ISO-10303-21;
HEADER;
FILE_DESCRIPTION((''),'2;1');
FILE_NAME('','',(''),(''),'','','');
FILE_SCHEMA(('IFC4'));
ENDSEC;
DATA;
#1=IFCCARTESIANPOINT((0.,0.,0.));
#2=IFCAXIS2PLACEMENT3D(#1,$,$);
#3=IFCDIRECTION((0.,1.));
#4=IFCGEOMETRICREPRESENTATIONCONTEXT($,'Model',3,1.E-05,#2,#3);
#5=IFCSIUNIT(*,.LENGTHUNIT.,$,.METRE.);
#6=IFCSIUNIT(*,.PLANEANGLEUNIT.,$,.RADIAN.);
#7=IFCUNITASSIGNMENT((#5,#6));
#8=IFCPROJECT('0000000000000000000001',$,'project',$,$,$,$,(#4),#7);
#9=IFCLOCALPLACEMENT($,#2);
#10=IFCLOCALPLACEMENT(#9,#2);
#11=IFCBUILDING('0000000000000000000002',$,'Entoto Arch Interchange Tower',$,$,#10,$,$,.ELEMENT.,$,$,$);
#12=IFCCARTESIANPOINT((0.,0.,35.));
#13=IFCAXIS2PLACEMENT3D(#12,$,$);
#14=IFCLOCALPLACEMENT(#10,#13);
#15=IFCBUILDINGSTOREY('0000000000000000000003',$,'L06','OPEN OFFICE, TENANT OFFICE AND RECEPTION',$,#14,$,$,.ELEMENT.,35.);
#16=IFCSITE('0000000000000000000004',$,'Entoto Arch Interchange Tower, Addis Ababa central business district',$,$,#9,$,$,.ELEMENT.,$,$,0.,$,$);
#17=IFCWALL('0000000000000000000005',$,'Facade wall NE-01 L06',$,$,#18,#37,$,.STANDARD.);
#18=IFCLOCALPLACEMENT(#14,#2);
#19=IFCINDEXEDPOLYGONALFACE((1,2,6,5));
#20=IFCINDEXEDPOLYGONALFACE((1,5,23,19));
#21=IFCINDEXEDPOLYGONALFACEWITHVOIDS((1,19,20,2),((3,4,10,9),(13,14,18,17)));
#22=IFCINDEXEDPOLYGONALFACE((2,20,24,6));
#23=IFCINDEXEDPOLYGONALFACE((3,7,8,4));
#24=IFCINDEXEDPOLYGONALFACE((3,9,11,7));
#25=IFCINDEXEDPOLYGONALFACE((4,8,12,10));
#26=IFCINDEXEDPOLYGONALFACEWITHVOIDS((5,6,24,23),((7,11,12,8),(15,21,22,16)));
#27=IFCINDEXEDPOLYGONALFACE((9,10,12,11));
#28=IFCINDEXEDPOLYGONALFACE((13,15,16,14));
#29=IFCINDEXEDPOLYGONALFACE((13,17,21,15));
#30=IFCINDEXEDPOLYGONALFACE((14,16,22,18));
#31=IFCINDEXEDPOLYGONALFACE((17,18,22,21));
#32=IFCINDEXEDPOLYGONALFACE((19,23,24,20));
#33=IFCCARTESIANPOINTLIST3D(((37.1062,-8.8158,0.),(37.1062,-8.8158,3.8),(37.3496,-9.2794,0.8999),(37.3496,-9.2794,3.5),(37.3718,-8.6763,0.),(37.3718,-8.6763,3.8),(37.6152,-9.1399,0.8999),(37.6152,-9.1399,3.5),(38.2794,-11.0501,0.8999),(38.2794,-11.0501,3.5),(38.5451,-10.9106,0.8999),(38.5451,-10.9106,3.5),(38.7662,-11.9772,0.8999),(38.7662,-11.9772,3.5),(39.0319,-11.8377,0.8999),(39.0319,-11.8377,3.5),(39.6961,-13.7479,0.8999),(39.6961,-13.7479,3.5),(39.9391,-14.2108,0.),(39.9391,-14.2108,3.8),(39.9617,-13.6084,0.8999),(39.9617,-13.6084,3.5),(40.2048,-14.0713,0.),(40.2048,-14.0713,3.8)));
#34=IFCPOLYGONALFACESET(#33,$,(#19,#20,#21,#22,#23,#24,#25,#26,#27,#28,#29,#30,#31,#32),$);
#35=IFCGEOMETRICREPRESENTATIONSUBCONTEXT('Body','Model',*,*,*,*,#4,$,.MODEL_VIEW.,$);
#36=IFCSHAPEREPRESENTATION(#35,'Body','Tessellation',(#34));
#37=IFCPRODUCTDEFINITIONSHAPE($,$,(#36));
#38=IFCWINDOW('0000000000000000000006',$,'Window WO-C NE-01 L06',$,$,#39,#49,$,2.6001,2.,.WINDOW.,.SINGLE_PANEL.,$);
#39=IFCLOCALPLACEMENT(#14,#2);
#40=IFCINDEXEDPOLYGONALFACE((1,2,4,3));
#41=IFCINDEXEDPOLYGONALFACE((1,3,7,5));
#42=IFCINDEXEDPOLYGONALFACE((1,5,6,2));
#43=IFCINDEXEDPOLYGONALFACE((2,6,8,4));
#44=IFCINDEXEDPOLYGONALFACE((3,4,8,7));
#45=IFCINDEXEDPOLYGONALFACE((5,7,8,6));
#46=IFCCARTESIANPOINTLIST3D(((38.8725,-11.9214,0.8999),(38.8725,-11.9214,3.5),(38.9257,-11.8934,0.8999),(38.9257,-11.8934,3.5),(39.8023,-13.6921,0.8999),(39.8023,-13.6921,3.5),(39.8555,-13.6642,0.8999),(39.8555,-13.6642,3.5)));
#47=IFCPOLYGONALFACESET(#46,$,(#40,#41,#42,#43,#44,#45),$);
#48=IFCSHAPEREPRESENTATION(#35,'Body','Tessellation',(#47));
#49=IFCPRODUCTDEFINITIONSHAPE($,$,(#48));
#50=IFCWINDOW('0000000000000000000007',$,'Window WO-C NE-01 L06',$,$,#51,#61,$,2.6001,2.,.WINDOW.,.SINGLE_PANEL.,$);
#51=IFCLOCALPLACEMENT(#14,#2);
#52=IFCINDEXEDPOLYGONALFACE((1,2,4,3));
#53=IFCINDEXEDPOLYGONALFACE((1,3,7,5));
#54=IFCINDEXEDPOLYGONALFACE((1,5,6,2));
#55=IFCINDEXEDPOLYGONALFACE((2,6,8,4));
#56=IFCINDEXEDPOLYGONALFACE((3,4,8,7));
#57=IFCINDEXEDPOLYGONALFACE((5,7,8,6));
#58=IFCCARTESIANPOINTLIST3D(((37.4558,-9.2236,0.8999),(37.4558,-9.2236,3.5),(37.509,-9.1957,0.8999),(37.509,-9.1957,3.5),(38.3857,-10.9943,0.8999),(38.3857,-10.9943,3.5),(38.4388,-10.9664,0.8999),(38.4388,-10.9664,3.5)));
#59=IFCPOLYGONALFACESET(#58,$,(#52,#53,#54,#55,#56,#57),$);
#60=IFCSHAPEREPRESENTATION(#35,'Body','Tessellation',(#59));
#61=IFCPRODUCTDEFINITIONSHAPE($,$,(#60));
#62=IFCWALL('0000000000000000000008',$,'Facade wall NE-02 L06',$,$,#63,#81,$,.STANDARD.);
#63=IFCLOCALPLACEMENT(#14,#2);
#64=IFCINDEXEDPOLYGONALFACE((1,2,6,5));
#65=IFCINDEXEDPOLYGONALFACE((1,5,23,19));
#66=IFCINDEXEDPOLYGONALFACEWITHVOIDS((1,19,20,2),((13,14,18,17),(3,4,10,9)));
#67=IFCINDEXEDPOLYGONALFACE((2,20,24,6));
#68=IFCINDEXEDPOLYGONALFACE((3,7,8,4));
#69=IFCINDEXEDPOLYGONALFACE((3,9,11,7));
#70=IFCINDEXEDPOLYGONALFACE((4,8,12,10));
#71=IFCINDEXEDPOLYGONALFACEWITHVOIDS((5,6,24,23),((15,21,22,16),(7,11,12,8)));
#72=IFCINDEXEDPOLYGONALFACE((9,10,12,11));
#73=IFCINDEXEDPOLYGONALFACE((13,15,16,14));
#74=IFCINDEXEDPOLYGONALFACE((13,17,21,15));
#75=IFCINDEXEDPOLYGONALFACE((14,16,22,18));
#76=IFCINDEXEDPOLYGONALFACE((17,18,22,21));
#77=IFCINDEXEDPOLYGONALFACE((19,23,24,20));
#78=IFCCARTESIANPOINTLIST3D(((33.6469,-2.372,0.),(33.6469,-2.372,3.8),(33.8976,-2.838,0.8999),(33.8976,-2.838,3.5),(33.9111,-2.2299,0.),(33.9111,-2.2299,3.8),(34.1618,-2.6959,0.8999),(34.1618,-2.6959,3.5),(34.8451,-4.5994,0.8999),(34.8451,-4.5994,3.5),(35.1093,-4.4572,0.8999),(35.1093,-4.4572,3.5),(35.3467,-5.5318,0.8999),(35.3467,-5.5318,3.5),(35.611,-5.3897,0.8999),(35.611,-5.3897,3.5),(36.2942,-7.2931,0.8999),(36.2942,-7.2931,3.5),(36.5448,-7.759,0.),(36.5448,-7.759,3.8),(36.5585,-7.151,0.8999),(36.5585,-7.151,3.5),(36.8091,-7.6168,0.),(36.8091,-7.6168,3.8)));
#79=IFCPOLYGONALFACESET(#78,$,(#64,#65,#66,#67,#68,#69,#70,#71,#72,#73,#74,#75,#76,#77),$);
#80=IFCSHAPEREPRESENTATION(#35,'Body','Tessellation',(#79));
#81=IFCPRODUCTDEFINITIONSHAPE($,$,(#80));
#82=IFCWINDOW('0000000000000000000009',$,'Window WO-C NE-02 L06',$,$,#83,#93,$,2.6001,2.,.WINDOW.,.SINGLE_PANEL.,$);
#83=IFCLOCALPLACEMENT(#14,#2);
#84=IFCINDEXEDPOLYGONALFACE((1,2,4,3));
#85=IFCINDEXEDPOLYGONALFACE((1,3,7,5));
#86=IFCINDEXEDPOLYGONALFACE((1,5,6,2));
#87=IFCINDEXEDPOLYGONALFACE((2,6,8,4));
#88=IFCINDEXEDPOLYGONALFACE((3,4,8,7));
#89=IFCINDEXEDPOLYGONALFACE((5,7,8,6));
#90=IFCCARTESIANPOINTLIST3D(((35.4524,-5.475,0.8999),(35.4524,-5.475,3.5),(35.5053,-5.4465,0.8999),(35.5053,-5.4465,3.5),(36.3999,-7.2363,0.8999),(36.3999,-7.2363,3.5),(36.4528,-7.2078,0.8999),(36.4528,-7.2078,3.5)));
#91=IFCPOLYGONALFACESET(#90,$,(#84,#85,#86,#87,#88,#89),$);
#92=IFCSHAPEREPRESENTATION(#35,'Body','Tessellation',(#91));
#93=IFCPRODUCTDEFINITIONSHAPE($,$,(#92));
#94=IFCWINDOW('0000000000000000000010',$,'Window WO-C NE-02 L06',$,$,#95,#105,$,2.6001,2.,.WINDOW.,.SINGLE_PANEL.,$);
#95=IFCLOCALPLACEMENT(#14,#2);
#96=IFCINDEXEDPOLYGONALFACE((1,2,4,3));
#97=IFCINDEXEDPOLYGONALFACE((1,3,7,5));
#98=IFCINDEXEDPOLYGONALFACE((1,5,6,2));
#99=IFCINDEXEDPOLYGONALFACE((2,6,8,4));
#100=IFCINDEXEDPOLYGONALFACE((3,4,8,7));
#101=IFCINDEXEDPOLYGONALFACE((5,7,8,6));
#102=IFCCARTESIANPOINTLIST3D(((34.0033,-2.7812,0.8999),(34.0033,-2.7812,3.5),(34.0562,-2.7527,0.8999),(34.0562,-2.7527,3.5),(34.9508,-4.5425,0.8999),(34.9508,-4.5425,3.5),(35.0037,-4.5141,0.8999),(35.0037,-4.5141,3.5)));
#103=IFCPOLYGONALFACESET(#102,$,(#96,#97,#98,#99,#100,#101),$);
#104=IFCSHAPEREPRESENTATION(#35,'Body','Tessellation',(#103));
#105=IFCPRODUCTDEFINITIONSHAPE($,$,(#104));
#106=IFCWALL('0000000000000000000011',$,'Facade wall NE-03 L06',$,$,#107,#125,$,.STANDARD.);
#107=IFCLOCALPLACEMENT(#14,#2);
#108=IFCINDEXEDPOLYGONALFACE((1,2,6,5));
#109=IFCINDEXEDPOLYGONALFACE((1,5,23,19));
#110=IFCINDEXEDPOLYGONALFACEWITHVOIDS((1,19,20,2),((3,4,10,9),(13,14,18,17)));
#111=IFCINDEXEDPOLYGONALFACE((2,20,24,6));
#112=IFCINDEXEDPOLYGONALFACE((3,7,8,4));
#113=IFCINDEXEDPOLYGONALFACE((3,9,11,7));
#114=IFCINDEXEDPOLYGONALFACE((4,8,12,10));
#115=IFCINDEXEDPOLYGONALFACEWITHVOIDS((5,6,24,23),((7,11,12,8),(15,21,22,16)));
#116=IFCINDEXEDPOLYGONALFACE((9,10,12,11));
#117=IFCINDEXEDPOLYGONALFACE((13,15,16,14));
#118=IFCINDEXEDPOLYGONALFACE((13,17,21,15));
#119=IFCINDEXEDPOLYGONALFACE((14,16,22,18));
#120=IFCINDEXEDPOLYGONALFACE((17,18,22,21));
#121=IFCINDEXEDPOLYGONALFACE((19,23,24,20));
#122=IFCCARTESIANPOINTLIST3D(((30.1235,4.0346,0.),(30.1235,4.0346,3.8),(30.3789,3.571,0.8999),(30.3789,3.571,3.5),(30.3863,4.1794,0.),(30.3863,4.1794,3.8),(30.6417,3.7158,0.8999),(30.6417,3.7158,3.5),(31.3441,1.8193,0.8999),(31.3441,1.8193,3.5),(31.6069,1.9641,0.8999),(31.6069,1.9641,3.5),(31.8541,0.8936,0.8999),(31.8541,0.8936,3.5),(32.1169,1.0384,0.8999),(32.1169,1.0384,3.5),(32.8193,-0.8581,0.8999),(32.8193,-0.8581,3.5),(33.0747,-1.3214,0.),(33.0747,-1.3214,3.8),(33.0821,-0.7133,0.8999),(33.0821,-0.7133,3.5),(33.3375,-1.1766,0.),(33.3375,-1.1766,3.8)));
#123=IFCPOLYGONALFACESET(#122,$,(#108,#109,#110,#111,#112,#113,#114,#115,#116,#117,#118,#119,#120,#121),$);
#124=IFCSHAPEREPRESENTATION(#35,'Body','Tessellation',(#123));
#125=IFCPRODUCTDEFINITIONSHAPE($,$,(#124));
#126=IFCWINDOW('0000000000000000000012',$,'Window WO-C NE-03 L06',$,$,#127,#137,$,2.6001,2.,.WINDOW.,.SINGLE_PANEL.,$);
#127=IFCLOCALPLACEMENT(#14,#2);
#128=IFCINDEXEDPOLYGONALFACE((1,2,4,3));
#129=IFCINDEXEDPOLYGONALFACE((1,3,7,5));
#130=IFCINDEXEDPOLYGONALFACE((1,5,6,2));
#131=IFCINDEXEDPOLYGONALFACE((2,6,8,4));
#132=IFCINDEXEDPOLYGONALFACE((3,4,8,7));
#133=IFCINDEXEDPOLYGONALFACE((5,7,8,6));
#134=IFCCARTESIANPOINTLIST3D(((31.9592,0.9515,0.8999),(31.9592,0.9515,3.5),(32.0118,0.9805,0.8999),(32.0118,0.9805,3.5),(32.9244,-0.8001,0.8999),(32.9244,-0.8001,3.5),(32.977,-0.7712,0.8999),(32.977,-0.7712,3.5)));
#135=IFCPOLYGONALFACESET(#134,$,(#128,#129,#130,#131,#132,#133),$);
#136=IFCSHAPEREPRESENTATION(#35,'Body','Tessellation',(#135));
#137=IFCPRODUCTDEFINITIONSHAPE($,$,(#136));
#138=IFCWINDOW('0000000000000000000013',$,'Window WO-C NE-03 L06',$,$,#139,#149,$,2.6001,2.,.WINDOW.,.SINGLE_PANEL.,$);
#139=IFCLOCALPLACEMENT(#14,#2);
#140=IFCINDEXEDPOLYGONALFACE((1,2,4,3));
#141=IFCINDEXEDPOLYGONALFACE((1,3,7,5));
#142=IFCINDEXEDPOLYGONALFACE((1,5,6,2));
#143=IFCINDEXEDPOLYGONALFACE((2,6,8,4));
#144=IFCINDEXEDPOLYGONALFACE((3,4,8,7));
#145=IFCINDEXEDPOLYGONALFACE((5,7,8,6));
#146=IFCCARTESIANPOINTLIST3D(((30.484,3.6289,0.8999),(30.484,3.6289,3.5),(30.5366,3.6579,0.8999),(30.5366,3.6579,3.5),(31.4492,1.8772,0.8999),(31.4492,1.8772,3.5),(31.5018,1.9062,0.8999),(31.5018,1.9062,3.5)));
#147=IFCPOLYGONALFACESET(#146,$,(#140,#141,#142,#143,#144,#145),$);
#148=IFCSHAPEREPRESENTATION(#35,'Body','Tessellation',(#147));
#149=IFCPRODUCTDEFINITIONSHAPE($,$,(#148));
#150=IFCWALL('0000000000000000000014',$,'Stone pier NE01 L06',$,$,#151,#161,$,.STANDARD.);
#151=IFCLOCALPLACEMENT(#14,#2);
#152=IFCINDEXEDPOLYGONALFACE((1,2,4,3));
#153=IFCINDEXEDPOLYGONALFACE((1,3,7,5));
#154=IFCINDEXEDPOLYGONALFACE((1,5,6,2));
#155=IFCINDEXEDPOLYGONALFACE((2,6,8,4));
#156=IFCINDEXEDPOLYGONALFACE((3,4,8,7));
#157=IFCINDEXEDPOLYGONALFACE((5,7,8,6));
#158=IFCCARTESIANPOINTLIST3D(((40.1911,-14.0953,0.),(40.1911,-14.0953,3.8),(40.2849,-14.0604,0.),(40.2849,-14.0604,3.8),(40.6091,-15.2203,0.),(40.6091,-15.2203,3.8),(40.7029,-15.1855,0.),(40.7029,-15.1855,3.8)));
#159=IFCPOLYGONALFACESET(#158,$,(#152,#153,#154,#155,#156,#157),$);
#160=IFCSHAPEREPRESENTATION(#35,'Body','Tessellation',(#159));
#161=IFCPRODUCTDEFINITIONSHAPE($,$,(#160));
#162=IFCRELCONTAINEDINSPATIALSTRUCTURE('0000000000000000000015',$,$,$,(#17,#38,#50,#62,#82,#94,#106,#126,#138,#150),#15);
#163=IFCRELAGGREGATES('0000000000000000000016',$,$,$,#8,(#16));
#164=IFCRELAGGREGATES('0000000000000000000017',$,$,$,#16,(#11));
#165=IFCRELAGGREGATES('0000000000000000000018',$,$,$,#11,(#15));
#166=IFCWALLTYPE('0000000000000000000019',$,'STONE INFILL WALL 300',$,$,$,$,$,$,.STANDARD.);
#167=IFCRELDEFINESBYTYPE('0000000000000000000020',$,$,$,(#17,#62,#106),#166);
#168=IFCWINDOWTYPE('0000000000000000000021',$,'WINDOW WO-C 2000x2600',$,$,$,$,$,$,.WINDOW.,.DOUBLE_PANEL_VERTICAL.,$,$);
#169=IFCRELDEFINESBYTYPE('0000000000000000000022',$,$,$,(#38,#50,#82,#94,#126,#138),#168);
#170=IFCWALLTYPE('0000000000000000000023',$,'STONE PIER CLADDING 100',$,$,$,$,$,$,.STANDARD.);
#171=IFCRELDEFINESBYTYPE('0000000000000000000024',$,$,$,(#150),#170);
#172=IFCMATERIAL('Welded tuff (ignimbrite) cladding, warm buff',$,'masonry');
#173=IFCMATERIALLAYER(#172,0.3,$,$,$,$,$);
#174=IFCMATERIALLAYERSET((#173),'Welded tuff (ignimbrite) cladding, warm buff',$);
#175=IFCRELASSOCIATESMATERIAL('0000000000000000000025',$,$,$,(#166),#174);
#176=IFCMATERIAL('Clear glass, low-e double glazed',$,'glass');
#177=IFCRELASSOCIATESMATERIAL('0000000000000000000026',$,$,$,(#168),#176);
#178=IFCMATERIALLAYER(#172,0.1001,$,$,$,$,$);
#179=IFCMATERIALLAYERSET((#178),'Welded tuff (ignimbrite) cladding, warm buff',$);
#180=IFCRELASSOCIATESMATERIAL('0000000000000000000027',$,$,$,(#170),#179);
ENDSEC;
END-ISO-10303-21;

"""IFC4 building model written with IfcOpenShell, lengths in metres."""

from ifc_helpers import new_model, si_unit, direction, frame, frame_2d, origin, place, context, subcontext, project, spatial, rectangle, extrude, material, layer, layer_set, type_object, element, fill, save


model = new_model("IFC4")

# Units and contexts
model_context = context("Model", 3, precision=1e-05, world=origin(), true_north=direction((0.0, 1.0)))
body_context = subcontext(model_context, "Body", "Model", "MODEL_VIEW")
ifc_project = project(units=[si_unit("LENGTHUNIT", "METRE"), si_unit("PLANEANGLEUNIT", "RADIAN")], contexts=[model_context])

# Site, building, storey
site_placement = place(None, origin())
site = spatial("IfcSite", under=ifc_project, at=site_placement, Name="Entoto Arch Interchange Tower, Addis Ababa central business district", CompositionType="ELEMENT", RefElevation=0.0)
building_placement = place(site_placement, origin())
building = spatial("IfcBuilding", under=site, at=building_placement, Name="Entoto Arch Interchange Tower", CompositionType="ELEMENT")
storey_placement = place(building_placement, frame((0.0, 0.0, 35.0)))
storey = spatial("IfcBuildingStorey", under=building, at=storey_placement, Name="L06", Description="OPEN OFFICE, TENANT OFFICE AND RECEPTION", CompositionType="ELEMENT", Elevation=35.0)

# Walls, openings, windows
ifc_material_1 = material(Name="Welded tuff (ignimbrite) cladding, warm buff", Category="masonry")
ifc_layer_1 = layer(ifc_material_1, 0.3)
ifc_layer_set_1 = layer_set([ifc_layer_1], Name="Welded tuff (ignimbrite) cladding, warm buff")
wall_type_1 = type_object("IfcWallType", Name="STONE INFILL WALL 300", PredefinedType="STANDARD", material=ifc_layer_set_1)
wall_1_placement = place(storey_placement, frame((40.072, -14.1411, 0.0), z_axis=(0.0, 0.0, 1.0), x_axis=(-0.464914, 0.885356, 0.0)))
wall_1 = element("IfcWall", 1, at=wall_1_placement, inside=storey, type_object=wall_type_1, Name="Facade wall NE-01 L06", PredefinedType="STANDARD", context=body_context, shape_type="SweptSolid", body=[
    extrude(rectangle(XDim=6.0935, YDim=0.3, at=frame_2d((3.0469, 0.0))), origin(), (0.0, 0.0, 1.0), 3.8),
])
opening_1_placement = place(wall_1_placement, frame((0.5229, 0.0, 0.8999)))
opening_1 = element("IfcOpeningElement", 2, at=opening_1_placement, cuts=wall_1, PredefinedType="OPENING", context=body_context, shape_type="SweptSolid", body=[
    extrude(rectangle(XDim=2.0, YDim=2.6001, at=frame_2d((1.0, 1.3))), frame((0.0, 0.1602, 0.0), z_axis=(0.0, -1.0, 0.0), x_axis=(1.0, 0.0, 0.0)), (0.0, 0.0, 1.0), 0.3201),
])
opening_2_placement = place(wall_1_placement, frame((3.5701, 0.0, 0.8999)))
opening_2 = element("IfcOpeningElement", 3, at=opening_2_placement, cuts=wall_1, PredefinedType="OPENING", context=body_context, shape_type="SweptSolid", body=[
    extrude(rectangle(XDim=2.0, YDim=2.6001, at=frame_2d((1.0, 1.3))), frame((0.0, 0.1602, 0.0), z_axis=(0.0, -1.0, 0.0), x_axis=(1.0, 0.0, 0.0)), (0.0, 0.0, 1.0), 0.3201),
])
ifc_material_2 = material(Name="Clear glass, low-e double glazed", Category="glass")
window_type = type_object("IfcWindowType", Name="WINDOW WO-C 2000x2600", PartitioningType="DOUBLE_PANEL_VERTICAL", PredefinedType="WINDOW", material=ifc_material_2)
window_1_placement = place(opening_1_placement, origin())
window_1 = element("IfcWindow", 4, at=window_1_placement, inside=storey, type_object=window_type, Name="Window WO-C NE-01 L06", OverallHeight=2.6001, OverallWidth=2.0, PartitioningType="SINGLE_PANEL", PredefinedType="WINDOW", context=body_context, shape_type="SweptSolid", body=[
    extrude(rectangle(XDim=2.0, YDim=2.6001, at=frame_2d((1.0, 1.3))), frame((0.0, 0.03, 0.0), z_axis=(0.0, -1.0, 0.0), x_axis=(1.0, 0.0, 0.0)), (0.0, 0.0, 1.0), 0.0601),
])
fill(opening_1, window_1)
window_2_placement = place(opening_2_placement, origin())
window_2 = element("IfcWindow", 5, at=window_2_placement, inside=storey, type_object=window_type, Name="Window WO-C NE-01 L06", OverallHeight=2.6001, OverallWidth=2.0, PartitioningType="SINGLE_PANEL", PredefinedType="WINDOW", context=body_context, shape_type="SweptSolid", body=[
    extrude(rectangle(XDim=2.0, YDim=2.6001, at=frame_2d((1.0, 1.3))), frame((0.0, 0.03, 0.0), z_axis=(0.0, -1.0, 0.0), x_axis=(1.0, 0.0, 0.0)), (0.0, 0.0, 1.0), 0.0601),
])
fill(opening_2, window_2)
wall_2_placement = place(storey_placement, frame((36.677, -7.688, 0.0), z_axis=(0.0, 0.0, 1.0), x_axis=(-0.473755, 0.880657, 0.0)))
wall_2 = element("IfcWall", 6, at=wall_2_placement, inside=storey, type_object=wall_type_1, Name="Facade wall NE-02 L06", PredefinedType="STANDARD", context=body_context, shape_type="SweptSolid", body=[
    extrude(rectangle(XDim=6.1169, YDim=0.3, at=frame_2d((3.0586, 0.0))), origin(), (0.0, 0.0, 1.0), 3.8),
])
opening_3_placement = place(wall_2_placement, frame((0.5291, 0.0, 0.8999)))
opening_3 = element("IfcOpeningElement", 7, at=opening_3_placement, cuts=wall_2, PredefinedType="OPENING", context=body_context, shape_type="SweptSolid", body=[
    extrude(rectangle(XDim=2.0, YDim=2.6001, at=frame_2d((1.0, 1.3))), frame((0.0, 0.1602, 0.0), z_axis=(0.0, -1.0, 0.0), x_axis=(1.0, 0.0, 0.0)), (0.0, 0.0, 1.0), 0.3201),
])
opening_4_placement = place(wall_2_placement, frame((3.5879, 0.0, 0.8999)))
opening_4 = element("IfcOpeningElement", 8, at=opening_4_placement, cuts=wall_2, PredefinedType="OPENING", context=body_context, shape_type="SweptSolid", body=[
    extrude(rectangle(XDim=2.0, YDim=2.6001, at=frame_2d((1.0, 1.3))), frame((0.0, 0.1602, 0.0), z_axis=(0.0, -1.0, 0.0), x_axis=(1.0, 0.0, 0.0)), (0.0, 0.0, 1.0), 0.3201),
])
window_3_placement = place(opening_3_placement, origin())
window_3 = element("IfcWindow", 9, at=window_3_placement, inside=storey, type_object=window_type, Name="Window WO-C NE-02 L06", OverallHeight=2.6001, OverallWidth=2.0, PartitioningType="SINGLE_PANEL", PredefinedType="WINDOW", context=body_context, shape_type="SweptSolid", body=[
    extrude(rectangle(XDim=2.0, YDim=2.6001, at=frame_2d((1.0, 1.3))), frame((0.0, 0.03, 0.0), z_axis=(0.0, -1.0, 0.0), x_axis=(1.0, 0.0, 0.0)), (0.0, 0.0, 1.0), 0.0601),
])
fill(opening_3, window_3)
window_4_placement = place(opening_4_placement, origin())
window_4 = element("IfcWindow", 10, at=window_4_placement, inside=storey, type_object=window_type, Name="Window WO-C NE-02 L06", OverallHeight=2.6001, OverallWidth=2.0, PartitioningType="SINGLE_PANEL", PredefinedType="WINDOW", context=body_context, shape_type="SweptSolid", body=[
    extrude(rectangle(XDim=2.0, YDim=2.6001, at=frame_2d((1.0, 1.3))), frame((0.0, 0.03, 0.0), z_axis=(0.0, -1.0, 0.0), x_axis=(1.0, 0.0, 0.0)), (0.0, 0.0, 1.0), 0.0601),
])
fill(opening_4, window_4)
wall_3_placement = place(storey_placement, frame((33.2061, -1.249, 0.0), z_axis=(0.0, 0.0, 1.0), x_axis=(-0.482596, 0.875843, 0.0)))
wall_3 = element("IfcWall", 11, at=wall_3_placement, inside=storey, type_object=wall_type_1, Name="Facade wall NE-03 L06", PredefinedType="STANDARD", context=body_context, shape_type="SweptSolid", body=[
    extrude(rectangle(XDim=6.1152, YDim=0.3, at=frame_2d((3.0576, 0.0))), origin(), (0.0, 0.0, 1.0), 3.8),
])
opening_5_placement = place(wall_3_placement, frame((0.5291, 0.0, 0.8999)))
opening_5 = element("IfcOpeningElement", 12, at=opening_5_placement, cuts=wall_3, PredefinedType="OPENING", context=body_context, shape_type="SweptSolid", body=[
    extrude(rectangle(XDim=2.0, YDim=2.6001, at=frame_2d((1.0, 1.3))), frame((0.0, 0.1602, 0.0), z_axis=(0.0, -1.0, 0.0), x_axis=(1.0, 0.0, 0.0)), (0.0, 0.0, 1.0), 0.3201),
])
opening_6_placement = place(wall_3_placement, frame((3.5859, 0.0, 0.8999)))
opening_6 = element("IfcOpeningElement", 13, at=opening_6_placement, cuts=wall_3, PredefinedType="OPENING", context=body_context, shape_type="SweptSolid", body=[
    extrude(rectangle(XDim=2.0, YDim=2.6001, at=frame_2d((1.0, 1.3))), frame((0.0, 0.1602, 0.0), z_axis=(0.0, -1.0, 0.0), x_axis=(1.0, 0.0, 0.0)), (0.0, 0.0, 1.0), 0.3201),
])
window_5_placement = place(opening_5_placement, origin())
window_5 = element("IfcWindow", 14, at=window_5_placement, inside=storey, type_object=window_type, Name="Window WO-C NE-03 L06", OverallHeight=2.6001, OverallWidth=2.0, PartitioningType="SINGLE_PANEL", PredefinedType="WINDOW", context=body_context, shape_type="SweptSolid", body=[
    extrude(rectangle(XDim=2.0, YDim=2.6001, at=frame_2d((1.0, 1.3))), frame((0.0, 0.03, 0.0), z_axis=(0.0, -1.0, 0.0), x_axis=(1.0, 0.0, 0.0)), (0.0, 0.0, 1.0), 0.0601),
])
fill(opening_5, window_5)
window_6_placement = place(opening_6_placement, origin())
window_6 = element("IfcWindow", 15, at=window_6_placement, inside=storey, type_object=window_type, Name="Window WO-C NE-03 L06", OverallHeight=2.6001, OverallWidth=2.0, PartitioningType="SINGLE_PANEL", PredefinedType="WINDOW", context=body_context, shape_type="SweptSolid", body=[
    extrude(rectangle(XDim=2.0, YDim=2.6001, at=frame_2d((1.0, 1.3))), frame((0.0, 0.03, 0.0), z_axis=(0.0, -1.0, 0.0), x_axis=(1.0, 0.0, 0.0)), (0.0, 0.0, 1.0), 0.0601),
])
fill(opening_6, window_6)

# Wall
ifc_layer_2 = layer(ifc_material_1, 0.1001)
ifc_layer_set_2 = layer_set([ifc_layer_2], Name="Welded tuff (ignimbrite) cladding, warm buff")
wall_type_2 = type_object("IfcWallType", Name="STONE PIER CLADDING 100", PredefinedType="STANDARD", material=ifc_layer_set_2)
wall_4_placement = place(storey_placement, frame((40.656, -15.2029, 0.0), z_axis=(0.0, 0.0, 1.0), x_axis=(-0.348268, 0.937395, 0.0)))
element("IfcWall", 16, at=wall_4_placement, inside=storey, type_object=wall_type_2, Name="Stone pier NE01 L06", PredefinedType="STANDARD", context=body_context, shape_type="SweptSolid", body=[
    extrude(rectangle(XDim=1.2002, YDim=0.1001, at=frame_2d((0.6001, 0.0))), origin(), (0.0, 0.0, 1.0), 3.8),
])

save(model, "model.ifc")
